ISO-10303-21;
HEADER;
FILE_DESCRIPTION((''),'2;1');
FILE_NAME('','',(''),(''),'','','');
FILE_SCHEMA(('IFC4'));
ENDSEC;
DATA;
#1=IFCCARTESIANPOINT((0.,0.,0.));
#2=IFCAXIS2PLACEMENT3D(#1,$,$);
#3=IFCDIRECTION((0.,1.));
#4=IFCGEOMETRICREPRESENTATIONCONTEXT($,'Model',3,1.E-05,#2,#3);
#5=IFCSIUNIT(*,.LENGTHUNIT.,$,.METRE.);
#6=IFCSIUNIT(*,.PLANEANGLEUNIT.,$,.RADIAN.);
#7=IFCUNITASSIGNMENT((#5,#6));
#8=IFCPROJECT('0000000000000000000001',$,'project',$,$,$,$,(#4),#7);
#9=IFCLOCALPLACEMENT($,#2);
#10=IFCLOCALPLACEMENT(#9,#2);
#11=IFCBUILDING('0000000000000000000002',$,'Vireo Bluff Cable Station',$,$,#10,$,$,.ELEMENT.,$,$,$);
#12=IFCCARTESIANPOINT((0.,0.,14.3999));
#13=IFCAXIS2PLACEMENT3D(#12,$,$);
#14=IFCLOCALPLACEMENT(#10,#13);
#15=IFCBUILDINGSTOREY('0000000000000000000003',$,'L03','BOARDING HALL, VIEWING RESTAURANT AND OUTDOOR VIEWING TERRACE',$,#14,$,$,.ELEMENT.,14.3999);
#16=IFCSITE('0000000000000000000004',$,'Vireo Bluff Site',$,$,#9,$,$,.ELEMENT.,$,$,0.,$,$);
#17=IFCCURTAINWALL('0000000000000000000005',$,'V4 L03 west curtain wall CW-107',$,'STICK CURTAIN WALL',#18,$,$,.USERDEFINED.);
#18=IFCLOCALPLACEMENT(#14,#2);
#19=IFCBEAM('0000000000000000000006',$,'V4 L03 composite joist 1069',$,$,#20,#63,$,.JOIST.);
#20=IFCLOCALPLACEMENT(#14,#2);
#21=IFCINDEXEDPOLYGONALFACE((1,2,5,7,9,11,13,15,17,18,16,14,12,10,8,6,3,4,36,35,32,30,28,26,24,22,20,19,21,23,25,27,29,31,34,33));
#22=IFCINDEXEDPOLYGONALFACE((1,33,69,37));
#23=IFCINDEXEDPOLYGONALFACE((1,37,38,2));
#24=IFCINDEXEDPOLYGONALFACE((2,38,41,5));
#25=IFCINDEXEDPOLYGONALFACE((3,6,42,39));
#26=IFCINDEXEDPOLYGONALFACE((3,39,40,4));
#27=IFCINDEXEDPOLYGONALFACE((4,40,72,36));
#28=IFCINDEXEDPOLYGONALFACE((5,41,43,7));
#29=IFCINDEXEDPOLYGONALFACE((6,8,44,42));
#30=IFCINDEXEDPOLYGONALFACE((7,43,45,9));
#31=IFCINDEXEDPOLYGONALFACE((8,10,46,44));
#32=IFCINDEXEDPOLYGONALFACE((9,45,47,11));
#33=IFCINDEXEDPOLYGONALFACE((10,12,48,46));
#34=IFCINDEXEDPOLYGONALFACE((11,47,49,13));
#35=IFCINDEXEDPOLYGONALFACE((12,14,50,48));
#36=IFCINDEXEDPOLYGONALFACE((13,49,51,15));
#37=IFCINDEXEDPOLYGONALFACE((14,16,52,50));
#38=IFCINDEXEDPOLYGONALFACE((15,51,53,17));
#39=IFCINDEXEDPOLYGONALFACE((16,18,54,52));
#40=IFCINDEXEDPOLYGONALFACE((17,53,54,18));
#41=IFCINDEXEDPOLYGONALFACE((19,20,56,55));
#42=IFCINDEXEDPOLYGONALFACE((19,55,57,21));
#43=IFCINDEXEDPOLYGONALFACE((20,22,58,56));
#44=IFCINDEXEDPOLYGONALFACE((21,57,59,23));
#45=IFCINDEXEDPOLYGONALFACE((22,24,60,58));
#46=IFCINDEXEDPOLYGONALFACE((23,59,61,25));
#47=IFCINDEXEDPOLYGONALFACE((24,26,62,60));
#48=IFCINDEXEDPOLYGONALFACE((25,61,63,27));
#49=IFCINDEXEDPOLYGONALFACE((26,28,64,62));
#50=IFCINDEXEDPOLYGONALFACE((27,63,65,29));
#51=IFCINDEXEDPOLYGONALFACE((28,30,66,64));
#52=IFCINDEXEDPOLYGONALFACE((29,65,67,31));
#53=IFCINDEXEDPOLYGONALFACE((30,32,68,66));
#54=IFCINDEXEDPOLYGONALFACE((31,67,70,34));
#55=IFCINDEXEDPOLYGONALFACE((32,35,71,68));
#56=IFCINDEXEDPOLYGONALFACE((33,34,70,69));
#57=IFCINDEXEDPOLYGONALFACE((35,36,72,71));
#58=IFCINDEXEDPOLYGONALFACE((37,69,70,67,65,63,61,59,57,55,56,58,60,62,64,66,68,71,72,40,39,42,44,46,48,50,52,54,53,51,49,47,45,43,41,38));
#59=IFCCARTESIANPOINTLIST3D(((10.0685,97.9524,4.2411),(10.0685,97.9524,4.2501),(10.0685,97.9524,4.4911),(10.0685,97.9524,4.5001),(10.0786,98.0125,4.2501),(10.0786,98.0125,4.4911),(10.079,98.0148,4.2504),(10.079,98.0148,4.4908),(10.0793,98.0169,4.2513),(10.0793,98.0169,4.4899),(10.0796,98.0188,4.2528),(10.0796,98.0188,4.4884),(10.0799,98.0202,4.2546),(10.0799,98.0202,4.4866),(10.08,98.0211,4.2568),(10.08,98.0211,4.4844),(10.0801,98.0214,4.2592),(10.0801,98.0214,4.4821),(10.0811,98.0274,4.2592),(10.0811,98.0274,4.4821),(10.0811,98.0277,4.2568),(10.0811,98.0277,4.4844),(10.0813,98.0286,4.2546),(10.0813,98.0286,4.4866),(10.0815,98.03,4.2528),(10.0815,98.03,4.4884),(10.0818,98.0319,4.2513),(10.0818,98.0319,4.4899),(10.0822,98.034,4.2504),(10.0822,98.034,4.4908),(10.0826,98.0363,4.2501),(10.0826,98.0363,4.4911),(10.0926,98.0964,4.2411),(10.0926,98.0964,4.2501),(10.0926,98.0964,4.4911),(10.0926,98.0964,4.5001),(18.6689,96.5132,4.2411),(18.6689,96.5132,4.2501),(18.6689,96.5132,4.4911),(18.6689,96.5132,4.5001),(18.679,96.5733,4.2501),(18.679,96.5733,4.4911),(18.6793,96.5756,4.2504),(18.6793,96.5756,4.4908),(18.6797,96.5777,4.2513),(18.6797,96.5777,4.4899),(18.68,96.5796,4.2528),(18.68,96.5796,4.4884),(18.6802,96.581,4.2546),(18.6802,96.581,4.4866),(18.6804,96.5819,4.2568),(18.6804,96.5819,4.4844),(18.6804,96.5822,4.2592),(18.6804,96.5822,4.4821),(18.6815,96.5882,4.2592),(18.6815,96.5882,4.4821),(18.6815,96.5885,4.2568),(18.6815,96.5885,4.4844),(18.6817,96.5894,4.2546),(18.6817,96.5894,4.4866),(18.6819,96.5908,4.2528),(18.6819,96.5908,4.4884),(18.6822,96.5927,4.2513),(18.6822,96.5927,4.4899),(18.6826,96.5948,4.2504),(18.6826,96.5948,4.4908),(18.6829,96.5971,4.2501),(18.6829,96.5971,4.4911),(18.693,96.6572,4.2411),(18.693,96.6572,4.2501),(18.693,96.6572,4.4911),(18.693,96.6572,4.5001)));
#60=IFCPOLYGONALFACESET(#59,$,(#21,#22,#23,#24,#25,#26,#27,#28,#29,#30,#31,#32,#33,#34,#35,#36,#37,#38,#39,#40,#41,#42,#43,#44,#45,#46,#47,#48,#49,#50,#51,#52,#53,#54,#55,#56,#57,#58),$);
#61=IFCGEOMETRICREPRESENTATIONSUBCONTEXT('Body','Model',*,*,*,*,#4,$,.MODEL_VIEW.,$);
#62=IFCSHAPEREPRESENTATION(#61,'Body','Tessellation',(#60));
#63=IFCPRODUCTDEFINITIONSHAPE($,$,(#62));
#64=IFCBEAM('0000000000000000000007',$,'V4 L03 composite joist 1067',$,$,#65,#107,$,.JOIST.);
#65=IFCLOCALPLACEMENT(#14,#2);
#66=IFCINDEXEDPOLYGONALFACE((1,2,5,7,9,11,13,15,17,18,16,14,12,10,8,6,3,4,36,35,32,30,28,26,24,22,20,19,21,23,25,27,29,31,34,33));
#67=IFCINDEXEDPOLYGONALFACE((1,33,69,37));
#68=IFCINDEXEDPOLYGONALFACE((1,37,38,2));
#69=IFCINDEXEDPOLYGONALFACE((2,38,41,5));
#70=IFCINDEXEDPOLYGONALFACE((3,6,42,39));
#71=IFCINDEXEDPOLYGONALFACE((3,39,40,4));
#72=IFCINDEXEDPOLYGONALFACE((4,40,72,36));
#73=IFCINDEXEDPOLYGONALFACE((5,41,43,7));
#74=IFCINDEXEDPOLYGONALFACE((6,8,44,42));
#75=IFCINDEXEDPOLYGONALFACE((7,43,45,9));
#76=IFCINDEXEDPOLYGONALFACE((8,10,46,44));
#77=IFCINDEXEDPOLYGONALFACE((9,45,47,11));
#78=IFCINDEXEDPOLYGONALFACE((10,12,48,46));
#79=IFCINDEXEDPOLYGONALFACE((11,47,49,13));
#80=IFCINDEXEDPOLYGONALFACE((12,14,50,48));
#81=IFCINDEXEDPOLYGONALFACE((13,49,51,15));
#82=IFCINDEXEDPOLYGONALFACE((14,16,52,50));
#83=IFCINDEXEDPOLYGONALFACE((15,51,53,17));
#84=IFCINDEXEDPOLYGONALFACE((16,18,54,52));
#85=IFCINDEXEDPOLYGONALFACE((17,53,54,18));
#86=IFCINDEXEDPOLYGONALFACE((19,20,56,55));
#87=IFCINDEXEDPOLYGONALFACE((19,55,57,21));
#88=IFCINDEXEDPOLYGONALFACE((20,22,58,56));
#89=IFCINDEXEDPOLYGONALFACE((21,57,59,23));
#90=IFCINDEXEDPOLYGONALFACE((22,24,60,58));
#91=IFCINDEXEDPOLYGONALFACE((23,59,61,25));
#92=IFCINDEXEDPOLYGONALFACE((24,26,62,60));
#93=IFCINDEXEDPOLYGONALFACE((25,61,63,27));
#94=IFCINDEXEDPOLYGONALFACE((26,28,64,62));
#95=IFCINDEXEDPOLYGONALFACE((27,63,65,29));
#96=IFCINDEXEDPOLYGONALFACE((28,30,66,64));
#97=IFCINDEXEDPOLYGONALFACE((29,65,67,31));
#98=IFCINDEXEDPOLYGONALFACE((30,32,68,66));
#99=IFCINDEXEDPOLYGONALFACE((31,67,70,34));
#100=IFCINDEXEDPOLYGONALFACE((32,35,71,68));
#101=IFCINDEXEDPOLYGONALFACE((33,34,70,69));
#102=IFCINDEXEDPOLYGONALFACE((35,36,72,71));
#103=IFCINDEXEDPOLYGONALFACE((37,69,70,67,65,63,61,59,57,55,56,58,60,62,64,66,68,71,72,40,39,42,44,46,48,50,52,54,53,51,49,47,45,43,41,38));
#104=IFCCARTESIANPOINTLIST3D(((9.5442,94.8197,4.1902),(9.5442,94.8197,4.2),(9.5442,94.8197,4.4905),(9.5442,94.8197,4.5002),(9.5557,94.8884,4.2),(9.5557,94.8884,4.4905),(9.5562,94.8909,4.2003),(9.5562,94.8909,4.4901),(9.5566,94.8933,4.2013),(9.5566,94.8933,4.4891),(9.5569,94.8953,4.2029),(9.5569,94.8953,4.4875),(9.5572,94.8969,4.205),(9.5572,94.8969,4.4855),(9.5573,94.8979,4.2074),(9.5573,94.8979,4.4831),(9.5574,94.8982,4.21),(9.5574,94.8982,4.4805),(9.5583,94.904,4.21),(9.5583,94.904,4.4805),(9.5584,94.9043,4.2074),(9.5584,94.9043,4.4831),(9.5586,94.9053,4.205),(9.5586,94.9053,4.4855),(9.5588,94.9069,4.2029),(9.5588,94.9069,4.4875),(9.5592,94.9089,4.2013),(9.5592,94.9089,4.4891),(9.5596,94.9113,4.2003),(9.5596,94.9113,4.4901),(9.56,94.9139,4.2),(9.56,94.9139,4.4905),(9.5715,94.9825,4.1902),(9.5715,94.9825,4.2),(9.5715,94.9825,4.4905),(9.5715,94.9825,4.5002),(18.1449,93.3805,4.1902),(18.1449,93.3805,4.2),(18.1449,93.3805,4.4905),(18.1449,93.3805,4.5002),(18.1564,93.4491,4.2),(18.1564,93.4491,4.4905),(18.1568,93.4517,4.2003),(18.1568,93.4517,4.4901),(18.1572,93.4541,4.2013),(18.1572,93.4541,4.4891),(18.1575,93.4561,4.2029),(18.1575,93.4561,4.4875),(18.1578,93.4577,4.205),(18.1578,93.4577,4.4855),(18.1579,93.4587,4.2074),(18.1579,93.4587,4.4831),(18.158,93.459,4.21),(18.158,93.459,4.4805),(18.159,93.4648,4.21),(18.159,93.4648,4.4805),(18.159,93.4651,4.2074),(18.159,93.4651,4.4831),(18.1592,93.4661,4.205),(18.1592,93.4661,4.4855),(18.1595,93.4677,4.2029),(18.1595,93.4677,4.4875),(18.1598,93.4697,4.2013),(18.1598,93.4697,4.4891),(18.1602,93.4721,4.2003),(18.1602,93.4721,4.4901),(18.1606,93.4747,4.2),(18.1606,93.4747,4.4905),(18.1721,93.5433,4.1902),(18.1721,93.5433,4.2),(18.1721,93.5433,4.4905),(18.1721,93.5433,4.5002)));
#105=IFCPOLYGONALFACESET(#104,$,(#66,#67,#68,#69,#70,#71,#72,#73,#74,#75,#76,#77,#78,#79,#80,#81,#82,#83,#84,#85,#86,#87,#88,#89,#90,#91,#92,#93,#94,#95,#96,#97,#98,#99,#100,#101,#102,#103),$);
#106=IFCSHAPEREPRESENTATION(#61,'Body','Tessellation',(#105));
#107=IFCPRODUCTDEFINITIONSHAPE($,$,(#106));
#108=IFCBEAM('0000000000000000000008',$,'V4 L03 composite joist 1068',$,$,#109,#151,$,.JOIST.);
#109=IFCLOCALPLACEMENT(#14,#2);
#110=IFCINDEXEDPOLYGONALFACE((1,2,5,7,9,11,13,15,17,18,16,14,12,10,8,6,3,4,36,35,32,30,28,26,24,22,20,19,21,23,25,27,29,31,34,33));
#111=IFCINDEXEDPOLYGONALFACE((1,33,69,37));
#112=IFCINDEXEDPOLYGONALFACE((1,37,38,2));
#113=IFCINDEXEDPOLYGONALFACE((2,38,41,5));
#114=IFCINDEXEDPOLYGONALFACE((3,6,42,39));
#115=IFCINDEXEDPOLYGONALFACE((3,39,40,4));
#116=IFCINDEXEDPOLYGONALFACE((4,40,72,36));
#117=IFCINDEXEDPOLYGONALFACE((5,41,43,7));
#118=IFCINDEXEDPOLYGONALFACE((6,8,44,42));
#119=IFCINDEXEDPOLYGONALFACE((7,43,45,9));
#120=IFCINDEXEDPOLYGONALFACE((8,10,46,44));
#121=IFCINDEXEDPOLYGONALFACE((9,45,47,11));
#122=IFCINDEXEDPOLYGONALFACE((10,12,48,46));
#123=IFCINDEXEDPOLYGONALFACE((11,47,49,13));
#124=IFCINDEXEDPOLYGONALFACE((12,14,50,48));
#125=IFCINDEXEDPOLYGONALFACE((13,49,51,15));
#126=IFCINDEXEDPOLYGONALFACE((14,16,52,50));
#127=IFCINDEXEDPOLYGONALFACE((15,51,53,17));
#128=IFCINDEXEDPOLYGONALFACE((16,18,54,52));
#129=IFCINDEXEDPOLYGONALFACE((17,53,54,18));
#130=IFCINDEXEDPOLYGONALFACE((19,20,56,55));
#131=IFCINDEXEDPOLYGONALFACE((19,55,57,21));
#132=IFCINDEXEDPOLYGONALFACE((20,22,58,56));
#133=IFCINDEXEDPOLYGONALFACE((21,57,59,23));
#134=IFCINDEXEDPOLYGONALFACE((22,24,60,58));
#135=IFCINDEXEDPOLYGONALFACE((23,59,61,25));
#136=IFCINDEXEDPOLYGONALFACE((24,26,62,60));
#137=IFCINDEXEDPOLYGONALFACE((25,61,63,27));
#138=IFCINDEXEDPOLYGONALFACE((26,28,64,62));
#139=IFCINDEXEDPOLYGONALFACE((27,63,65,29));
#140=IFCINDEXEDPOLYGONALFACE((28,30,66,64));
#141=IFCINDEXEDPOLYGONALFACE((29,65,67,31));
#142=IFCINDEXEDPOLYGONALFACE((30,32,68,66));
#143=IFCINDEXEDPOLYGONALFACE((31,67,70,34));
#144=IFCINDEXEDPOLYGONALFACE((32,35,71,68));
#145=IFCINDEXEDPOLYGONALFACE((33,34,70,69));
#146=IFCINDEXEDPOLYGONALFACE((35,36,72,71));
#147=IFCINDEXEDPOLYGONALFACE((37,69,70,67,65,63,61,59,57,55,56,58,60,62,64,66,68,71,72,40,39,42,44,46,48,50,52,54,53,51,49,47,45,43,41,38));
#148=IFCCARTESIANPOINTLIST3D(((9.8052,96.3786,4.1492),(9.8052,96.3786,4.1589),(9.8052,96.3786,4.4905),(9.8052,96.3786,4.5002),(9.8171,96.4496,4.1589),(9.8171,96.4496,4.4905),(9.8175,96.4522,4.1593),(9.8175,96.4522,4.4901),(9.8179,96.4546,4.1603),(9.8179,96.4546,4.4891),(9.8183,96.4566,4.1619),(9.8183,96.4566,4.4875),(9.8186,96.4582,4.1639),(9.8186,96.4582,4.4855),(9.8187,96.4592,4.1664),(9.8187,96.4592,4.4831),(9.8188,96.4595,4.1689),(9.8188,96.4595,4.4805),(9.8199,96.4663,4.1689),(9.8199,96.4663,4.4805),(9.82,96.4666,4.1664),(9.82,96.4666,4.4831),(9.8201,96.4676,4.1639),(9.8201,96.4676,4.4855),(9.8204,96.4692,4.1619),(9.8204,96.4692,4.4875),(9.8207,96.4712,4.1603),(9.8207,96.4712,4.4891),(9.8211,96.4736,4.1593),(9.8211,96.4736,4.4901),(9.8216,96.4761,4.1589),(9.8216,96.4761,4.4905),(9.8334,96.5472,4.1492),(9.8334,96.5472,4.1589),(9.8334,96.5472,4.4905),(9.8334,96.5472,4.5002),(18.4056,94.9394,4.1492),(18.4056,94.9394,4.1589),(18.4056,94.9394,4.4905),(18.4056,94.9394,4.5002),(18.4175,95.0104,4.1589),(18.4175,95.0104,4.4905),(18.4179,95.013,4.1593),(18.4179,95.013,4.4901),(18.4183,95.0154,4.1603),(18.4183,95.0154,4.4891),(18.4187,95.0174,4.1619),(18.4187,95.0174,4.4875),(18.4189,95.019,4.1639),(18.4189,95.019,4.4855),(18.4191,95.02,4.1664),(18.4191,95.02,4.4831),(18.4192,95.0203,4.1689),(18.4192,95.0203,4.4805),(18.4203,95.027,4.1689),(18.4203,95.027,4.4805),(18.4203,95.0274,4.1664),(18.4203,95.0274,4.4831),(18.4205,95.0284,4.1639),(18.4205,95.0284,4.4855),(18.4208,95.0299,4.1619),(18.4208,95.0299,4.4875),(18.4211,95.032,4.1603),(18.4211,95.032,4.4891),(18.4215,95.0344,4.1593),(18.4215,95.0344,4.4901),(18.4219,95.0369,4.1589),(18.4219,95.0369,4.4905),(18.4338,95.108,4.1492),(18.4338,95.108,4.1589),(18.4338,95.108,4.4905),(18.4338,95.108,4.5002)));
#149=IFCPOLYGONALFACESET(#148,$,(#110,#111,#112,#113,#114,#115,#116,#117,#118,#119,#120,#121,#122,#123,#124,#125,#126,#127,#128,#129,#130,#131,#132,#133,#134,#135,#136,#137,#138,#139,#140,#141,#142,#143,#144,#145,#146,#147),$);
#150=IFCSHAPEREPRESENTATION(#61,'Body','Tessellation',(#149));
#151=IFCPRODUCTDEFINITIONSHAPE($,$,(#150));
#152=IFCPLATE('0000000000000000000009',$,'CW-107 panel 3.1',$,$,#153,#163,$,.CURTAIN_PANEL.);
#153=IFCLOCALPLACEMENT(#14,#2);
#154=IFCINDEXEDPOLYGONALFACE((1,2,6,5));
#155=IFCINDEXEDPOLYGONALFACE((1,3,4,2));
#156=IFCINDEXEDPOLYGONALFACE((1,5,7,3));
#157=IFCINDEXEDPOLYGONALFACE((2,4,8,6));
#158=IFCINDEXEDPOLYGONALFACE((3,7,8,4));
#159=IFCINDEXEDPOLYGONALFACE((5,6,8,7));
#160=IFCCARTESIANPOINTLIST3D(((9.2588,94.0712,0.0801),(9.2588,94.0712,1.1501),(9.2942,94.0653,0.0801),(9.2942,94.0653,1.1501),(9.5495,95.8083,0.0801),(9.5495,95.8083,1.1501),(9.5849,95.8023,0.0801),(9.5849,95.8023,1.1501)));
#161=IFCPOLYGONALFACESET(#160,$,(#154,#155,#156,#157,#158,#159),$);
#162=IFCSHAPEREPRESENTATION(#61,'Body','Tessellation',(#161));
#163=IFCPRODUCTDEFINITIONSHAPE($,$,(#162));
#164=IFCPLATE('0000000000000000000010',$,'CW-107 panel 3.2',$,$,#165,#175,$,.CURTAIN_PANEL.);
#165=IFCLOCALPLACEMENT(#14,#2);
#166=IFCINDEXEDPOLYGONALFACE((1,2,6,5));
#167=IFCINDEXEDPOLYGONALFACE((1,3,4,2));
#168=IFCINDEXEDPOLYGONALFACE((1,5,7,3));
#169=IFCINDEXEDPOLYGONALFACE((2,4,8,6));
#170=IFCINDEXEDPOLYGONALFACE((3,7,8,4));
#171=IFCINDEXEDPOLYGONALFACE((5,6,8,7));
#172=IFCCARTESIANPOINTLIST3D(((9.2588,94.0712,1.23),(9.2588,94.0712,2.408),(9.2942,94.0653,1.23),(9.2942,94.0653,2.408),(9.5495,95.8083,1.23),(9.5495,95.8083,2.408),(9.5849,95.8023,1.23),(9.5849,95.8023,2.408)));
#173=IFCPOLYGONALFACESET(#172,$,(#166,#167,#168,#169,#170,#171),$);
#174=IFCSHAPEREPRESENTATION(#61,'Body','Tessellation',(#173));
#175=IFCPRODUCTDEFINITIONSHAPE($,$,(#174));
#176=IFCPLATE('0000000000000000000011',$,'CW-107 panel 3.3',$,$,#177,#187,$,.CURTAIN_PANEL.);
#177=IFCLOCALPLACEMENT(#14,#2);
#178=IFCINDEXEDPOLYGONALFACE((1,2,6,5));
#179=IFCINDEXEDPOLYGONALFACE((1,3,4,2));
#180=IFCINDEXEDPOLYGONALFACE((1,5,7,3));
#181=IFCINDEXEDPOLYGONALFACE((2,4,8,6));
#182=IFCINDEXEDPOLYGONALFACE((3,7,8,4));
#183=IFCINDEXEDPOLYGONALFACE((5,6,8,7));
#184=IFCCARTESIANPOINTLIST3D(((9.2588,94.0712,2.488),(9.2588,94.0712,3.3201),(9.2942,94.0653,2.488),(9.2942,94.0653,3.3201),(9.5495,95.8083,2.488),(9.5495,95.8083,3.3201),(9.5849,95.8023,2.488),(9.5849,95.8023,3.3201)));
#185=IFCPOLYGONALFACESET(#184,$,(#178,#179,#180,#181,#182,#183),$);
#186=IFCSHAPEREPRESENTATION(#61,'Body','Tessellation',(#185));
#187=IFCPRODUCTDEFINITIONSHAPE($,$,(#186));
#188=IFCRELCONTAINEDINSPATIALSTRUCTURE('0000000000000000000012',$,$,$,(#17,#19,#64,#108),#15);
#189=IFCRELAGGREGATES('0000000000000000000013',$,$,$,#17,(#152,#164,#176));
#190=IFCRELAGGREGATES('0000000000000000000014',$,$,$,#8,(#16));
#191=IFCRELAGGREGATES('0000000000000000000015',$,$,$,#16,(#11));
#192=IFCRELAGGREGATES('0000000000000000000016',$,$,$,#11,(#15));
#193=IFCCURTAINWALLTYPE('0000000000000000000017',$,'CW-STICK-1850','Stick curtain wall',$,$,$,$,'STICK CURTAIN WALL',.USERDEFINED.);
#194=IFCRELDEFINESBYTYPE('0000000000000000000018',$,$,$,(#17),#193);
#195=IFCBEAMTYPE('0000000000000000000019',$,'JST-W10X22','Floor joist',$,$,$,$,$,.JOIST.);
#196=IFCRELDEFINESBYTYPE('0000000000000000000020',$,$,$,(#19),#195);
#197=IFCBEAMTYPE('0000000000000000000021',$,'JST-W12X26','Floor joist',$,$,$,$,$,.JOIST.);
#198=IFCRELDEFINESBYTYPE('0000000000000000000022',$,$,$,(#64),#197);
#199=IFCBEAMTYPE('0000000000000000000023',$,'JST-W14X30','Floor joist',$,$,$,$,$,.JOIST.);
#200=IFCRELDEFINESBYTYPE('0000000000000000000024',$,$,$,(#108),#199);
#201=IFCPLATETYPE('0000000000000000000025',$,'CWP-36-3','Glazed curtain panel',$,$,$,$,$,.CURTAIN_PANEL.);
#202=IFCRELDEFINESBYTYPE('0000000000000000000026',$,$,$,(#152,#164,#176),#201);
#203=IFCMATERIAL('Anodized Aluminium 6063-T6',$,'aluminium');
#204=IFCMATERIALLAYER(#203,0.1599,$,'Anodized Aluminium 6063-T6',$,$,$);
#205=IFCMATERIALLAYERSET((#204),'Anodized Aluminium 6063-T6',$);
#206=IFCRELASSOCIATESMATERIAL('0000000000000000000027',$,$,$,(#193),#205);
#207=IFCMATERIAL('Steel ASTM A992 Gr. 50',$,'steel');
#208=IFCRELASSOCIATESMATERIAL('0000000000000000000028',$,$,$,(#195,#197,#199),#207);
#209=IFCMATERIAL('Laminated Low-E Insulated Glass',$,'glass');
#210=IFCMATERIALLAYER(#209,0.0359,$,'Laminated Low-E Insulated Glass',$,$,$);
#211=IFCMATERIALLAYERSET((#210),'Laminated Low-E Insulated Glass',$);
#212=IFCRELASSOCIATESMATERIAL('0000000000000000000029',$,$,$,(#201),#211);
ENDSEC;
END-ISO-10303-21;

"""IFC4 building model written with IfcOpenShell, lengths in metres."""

from ifc_helpers import new_model, si_unit, direction, frame, origin, origin_2d, place, context, subcontext, project, spatial, rectangle, i_section, extrude, material, layer, layer_set, material_profile, profile_set, type_object, element, aggregate, save


model = new_model("IFC4")

# Units and contexts
model_context = context("Model", 3, precision=1e-05, world=origin(), true_north=direction((0.0, 1.0)))
body_context = subcontext(model_context, "Body", "Model", "MODEL_VIEW")
ifc_project = project(units=[si_unit("LENGTHUNIT", "METRE"), si_unit("PLANEANGLEUNIT", "RADIAN")], contexts=[model_context])

# Site, building, storey
site_placement = place(None, origin())
site = spatial("IfcSite", under=ifc_project, at=site_placement, Name="Vireo Bluff Site", CompositionType="ELEMENT", RefElevation=0.0)
building_placement = place(site_placement, origin())
building = spatial("IfcBuilding", under=site, at=building_placement, Name="Vireo Bluff Cable Station", CompositionType="ELEMENT")
storey_placement = place(building_placement, frame((0.0, 0.0, 14.3999)))
storey = spatial("IfcBuildingStorey", under=building, at=storey_placement, Name="L03", Description="BOARDING HALL, VIEWING RESTAURANT AND OUTDOOR VIEWING TERRACE", CompositionType="ELEMENT", Elevation=14.3999)

# Curtain wall
ifc_material_1 = material(Name="Anodized Aluminium 6063-T6", Category="aluminium")
ifc_layer_1 = layer(ifc_material_1, 0.1599, Name="Anodized Aluminium 6063-T6")
ifc_layer_set_1 = layer_set([ifc_layer_1], Name="Anodized Aluminium 6063-T6")
curtain_wall_type = type_object("IfcCurtainWallType", Name="CW-STICK-1850", Description="Stick curtain wall", ElementType="STICK CURTAIN WALL", PredefinedType="USERDEFINED", material=ifc_layer_set_1)
curtain_wall_placement = place(storey_placement, origin())
curtain_wall = element("IfcCurtainWall", 1, at=curtain_wall_placement, inside=storey, type_object=curtain_wall_type, Name="V4 L03 west curtain wall CW-107", ObjectType="STICK CURTAIN WALL", PredefinedType="USERDEFINED")

# Beams
ifc_material_2 = material(Name="Steel ASTM A992 Gr. 50", Category="steel")
ifc_material_profile_1 = material_profile(ifc_material_2, i_section(OverallWidth=0.146, OverallDepth=0.259, WebThickness=0.0061, FlangeThickness=0.009, FilletRadius=0.009, at=origin_2d()), Name="W10X22")
ifc_profile_set_1 = profile_set([ifc_material_profile_1], Name="Steel ASTM A992 Gr. 50")
beam_type_1 = type_object("IfcBeamType", Name="JST-W10X22", Description="Floor joist", PredefinedType="JOIST", material=ifc_profile_set_1)
beam_1_placement = place(storey_placement, frame((10.0806, 98.0244, 4.3706), z_axis=(0.986286, -0.165048, 0.0), x_axis=(0.165048, 0.986286, 0.0)))
element("IfcBeam", 2, at=beam_1_placement, inside=storey, type_object=beam_type_1, Name="V4 L03 composite joist 1069", PredefinedType="JOIST", context=body_context, shape_type="SweptSolid", body=[
    extrude(i_section(OverallWidth=0.146, OverallDepth=0.259, WebThickness=0.0061, FlangeThickness=0.009, FilletRadius=0.009, at=origin_2d()), origin(), (0.0, 0.0, 1.0), 8.72),
])
ifc_material_profile_2 = material_profile(ifc_material_2, i_section(OverallWidth=0.165, OverallDepth=0.3101, WebThickness=0.0059, FlangeThickness=0.0098, FilletRadius=0.01, at=origin_2d()), Name="W12X26")
ifc_profile_set_2 = profile_set([ifc_material_profile_2], Name="Steel ASTM A992 Gr. 50")
beam_type_2 = type_object("IfcBeamType", Name="JST-W12X26", Description="Floor joist", PredefinedType="JOIST", material=ifc_profile_set_2)
beam_2_placement = place(storey_placement, frame((9.5579, 94.9011, 4.3452), z_axis=(0.986286, -0.165044, 0.0), x_axis=(0.165044, 0.986286, 0.0)))
element("IfcBeam", 3, at=beam_2_placement, inside=storey, type_object=beam_type_2, Name="V4 L03 composite joist 1067", PredefinedType="JOIST", context=body_context, shape_type="SweptSolid", body=[
    extrude(i_section(OverallWidth=0.165, OverallDepth=0.3101, WebThickness=0.0059, FlangeThickness=0.0098, FilletRadius=0.01, at=origin_2d()), origin(), (0.0, 0.0, 1.0), 8.7202),
])
ifc_material_profile_3 = material_profile(ifc_material_2, i_section(OverallWidth=0.1709, OverallDepth=0.3511, WebThickness=0.0068, FlangeThickness=0.0098, FilletRadius=0.01, at=origin_2d()), Name="W14X30")
ifc_profile_set_3 = profile_set([ifc_material_profile_3], Name="Steel ASTM A992 Gr. 50")
beam_type_3 = type_object("IfcBeamType", Name="JST-W14X30", Description="Floor joist", PredefinedType="JOIST", material=ifc_profile_set_3)
beam_3_placement = place(storey_placement, frame((9.8193, 96.4629, 4.3247), z_axis=(0.986286, -0.165048, 0.0), x_axis=(0.165048, 0.986286, 0.0)))
element("IfcBeam", 4, at=beam_3_placement, inside=storey, type_object=beam_type_3, Name="V4 L03 composite joist 1068", PredefinedType="JOIST", context=body_context, shape_type="SweptSolid", body=[
    extrude(i_section(OverallWidth=0.1709, OverallDepth=0.3511, WebThickness=0.0068, FlangeThickness=0.0098, FilletRadius=0.01, at=origin_2d()), origin(), (0.0, 0.0, 1.0), 8.72),
])

# Plates
ifc_material_3 = material(Name="Laminated Low-E Insulated Glass", Category="glass")
ifc_layer_2 = layer(ifc_material_3, 0.0359, Name="Laminated Low-E Insulated Glass")
ifc_layer_set_2 = layer_set([ifc_layer_2], Name="Laminated Low-E Insulated Glass")
plate_type = type_object("IfcPlateType", Name="CWP-36-3", Description="Glazed curtain panel", PredefinedType="CURTAIN_PANEL", material=ifc_layer_set_2)
plate_1_placement = place(storey_placement, frame((9.4219, 94.9368, 0.0801), z_axis=(0.0, 0.0, 1.0), x_axis=(0.165048, 0.986286, 0.0)))
plate_1 = element("IfcPlate", 5, at=plate_1_placement, type_object=plate_type, Name="CW-107 panel 3.1", PredefinedType="CURTAIN_PANEL", context=body_context, shape_type="SweptSolid", body=[
    extrude(rectangle(XDim=1.7612, YDim=0.0359, at=origin_2d()), origin(), (0.0, 0.0, 1.0), 1.0701),
])
plate_2_placement = place(storey_placement, frame((9.4219, 94.9368, 1.23), z_axis=(0.0, 0.0, 1.0), x_axis=(0.165048, 0.986286, 0.0)))
plate_2 = element("IfcPlate", 6, at=plate_2_placement, type_object=plate_type, Name="CW-107 panel 3.2", PredefinedType="CURTAIN_PANEL", context=body_context, shape_type="SweptSolid", body=[
    extrude(rectangle(XDim=1.7612, YDim=0.0359, at=origin_2d()), origin(), (0.0, 0.0, 1.0), 1.178),
])
plate_3_placement = place(storey_placement, frame((9.4219, 94.9368, 2.488), z_axis=(0.0, 0.0, 1.0), x_axis=(0.165048, 0.986286, 0.0)))
plate_3 = element("IfcPlate", 7, at=plate_3_placement, type_object=plate_type, Name="CW-107 panel 3.3", PredefinedType="CURTAIN_PANEL", context=body_context, shape_type="SweptSolid", body=[
    extrude(rectangle(XDim=1.7612, YDim=0.0359, at=origin_2d()), origin(), (0.0, 0.0, 1.0), 0.832),
])
aggregate(curtain_wall, [plate_1, plate_2, plate_3])

save(model, "model.ifc")
